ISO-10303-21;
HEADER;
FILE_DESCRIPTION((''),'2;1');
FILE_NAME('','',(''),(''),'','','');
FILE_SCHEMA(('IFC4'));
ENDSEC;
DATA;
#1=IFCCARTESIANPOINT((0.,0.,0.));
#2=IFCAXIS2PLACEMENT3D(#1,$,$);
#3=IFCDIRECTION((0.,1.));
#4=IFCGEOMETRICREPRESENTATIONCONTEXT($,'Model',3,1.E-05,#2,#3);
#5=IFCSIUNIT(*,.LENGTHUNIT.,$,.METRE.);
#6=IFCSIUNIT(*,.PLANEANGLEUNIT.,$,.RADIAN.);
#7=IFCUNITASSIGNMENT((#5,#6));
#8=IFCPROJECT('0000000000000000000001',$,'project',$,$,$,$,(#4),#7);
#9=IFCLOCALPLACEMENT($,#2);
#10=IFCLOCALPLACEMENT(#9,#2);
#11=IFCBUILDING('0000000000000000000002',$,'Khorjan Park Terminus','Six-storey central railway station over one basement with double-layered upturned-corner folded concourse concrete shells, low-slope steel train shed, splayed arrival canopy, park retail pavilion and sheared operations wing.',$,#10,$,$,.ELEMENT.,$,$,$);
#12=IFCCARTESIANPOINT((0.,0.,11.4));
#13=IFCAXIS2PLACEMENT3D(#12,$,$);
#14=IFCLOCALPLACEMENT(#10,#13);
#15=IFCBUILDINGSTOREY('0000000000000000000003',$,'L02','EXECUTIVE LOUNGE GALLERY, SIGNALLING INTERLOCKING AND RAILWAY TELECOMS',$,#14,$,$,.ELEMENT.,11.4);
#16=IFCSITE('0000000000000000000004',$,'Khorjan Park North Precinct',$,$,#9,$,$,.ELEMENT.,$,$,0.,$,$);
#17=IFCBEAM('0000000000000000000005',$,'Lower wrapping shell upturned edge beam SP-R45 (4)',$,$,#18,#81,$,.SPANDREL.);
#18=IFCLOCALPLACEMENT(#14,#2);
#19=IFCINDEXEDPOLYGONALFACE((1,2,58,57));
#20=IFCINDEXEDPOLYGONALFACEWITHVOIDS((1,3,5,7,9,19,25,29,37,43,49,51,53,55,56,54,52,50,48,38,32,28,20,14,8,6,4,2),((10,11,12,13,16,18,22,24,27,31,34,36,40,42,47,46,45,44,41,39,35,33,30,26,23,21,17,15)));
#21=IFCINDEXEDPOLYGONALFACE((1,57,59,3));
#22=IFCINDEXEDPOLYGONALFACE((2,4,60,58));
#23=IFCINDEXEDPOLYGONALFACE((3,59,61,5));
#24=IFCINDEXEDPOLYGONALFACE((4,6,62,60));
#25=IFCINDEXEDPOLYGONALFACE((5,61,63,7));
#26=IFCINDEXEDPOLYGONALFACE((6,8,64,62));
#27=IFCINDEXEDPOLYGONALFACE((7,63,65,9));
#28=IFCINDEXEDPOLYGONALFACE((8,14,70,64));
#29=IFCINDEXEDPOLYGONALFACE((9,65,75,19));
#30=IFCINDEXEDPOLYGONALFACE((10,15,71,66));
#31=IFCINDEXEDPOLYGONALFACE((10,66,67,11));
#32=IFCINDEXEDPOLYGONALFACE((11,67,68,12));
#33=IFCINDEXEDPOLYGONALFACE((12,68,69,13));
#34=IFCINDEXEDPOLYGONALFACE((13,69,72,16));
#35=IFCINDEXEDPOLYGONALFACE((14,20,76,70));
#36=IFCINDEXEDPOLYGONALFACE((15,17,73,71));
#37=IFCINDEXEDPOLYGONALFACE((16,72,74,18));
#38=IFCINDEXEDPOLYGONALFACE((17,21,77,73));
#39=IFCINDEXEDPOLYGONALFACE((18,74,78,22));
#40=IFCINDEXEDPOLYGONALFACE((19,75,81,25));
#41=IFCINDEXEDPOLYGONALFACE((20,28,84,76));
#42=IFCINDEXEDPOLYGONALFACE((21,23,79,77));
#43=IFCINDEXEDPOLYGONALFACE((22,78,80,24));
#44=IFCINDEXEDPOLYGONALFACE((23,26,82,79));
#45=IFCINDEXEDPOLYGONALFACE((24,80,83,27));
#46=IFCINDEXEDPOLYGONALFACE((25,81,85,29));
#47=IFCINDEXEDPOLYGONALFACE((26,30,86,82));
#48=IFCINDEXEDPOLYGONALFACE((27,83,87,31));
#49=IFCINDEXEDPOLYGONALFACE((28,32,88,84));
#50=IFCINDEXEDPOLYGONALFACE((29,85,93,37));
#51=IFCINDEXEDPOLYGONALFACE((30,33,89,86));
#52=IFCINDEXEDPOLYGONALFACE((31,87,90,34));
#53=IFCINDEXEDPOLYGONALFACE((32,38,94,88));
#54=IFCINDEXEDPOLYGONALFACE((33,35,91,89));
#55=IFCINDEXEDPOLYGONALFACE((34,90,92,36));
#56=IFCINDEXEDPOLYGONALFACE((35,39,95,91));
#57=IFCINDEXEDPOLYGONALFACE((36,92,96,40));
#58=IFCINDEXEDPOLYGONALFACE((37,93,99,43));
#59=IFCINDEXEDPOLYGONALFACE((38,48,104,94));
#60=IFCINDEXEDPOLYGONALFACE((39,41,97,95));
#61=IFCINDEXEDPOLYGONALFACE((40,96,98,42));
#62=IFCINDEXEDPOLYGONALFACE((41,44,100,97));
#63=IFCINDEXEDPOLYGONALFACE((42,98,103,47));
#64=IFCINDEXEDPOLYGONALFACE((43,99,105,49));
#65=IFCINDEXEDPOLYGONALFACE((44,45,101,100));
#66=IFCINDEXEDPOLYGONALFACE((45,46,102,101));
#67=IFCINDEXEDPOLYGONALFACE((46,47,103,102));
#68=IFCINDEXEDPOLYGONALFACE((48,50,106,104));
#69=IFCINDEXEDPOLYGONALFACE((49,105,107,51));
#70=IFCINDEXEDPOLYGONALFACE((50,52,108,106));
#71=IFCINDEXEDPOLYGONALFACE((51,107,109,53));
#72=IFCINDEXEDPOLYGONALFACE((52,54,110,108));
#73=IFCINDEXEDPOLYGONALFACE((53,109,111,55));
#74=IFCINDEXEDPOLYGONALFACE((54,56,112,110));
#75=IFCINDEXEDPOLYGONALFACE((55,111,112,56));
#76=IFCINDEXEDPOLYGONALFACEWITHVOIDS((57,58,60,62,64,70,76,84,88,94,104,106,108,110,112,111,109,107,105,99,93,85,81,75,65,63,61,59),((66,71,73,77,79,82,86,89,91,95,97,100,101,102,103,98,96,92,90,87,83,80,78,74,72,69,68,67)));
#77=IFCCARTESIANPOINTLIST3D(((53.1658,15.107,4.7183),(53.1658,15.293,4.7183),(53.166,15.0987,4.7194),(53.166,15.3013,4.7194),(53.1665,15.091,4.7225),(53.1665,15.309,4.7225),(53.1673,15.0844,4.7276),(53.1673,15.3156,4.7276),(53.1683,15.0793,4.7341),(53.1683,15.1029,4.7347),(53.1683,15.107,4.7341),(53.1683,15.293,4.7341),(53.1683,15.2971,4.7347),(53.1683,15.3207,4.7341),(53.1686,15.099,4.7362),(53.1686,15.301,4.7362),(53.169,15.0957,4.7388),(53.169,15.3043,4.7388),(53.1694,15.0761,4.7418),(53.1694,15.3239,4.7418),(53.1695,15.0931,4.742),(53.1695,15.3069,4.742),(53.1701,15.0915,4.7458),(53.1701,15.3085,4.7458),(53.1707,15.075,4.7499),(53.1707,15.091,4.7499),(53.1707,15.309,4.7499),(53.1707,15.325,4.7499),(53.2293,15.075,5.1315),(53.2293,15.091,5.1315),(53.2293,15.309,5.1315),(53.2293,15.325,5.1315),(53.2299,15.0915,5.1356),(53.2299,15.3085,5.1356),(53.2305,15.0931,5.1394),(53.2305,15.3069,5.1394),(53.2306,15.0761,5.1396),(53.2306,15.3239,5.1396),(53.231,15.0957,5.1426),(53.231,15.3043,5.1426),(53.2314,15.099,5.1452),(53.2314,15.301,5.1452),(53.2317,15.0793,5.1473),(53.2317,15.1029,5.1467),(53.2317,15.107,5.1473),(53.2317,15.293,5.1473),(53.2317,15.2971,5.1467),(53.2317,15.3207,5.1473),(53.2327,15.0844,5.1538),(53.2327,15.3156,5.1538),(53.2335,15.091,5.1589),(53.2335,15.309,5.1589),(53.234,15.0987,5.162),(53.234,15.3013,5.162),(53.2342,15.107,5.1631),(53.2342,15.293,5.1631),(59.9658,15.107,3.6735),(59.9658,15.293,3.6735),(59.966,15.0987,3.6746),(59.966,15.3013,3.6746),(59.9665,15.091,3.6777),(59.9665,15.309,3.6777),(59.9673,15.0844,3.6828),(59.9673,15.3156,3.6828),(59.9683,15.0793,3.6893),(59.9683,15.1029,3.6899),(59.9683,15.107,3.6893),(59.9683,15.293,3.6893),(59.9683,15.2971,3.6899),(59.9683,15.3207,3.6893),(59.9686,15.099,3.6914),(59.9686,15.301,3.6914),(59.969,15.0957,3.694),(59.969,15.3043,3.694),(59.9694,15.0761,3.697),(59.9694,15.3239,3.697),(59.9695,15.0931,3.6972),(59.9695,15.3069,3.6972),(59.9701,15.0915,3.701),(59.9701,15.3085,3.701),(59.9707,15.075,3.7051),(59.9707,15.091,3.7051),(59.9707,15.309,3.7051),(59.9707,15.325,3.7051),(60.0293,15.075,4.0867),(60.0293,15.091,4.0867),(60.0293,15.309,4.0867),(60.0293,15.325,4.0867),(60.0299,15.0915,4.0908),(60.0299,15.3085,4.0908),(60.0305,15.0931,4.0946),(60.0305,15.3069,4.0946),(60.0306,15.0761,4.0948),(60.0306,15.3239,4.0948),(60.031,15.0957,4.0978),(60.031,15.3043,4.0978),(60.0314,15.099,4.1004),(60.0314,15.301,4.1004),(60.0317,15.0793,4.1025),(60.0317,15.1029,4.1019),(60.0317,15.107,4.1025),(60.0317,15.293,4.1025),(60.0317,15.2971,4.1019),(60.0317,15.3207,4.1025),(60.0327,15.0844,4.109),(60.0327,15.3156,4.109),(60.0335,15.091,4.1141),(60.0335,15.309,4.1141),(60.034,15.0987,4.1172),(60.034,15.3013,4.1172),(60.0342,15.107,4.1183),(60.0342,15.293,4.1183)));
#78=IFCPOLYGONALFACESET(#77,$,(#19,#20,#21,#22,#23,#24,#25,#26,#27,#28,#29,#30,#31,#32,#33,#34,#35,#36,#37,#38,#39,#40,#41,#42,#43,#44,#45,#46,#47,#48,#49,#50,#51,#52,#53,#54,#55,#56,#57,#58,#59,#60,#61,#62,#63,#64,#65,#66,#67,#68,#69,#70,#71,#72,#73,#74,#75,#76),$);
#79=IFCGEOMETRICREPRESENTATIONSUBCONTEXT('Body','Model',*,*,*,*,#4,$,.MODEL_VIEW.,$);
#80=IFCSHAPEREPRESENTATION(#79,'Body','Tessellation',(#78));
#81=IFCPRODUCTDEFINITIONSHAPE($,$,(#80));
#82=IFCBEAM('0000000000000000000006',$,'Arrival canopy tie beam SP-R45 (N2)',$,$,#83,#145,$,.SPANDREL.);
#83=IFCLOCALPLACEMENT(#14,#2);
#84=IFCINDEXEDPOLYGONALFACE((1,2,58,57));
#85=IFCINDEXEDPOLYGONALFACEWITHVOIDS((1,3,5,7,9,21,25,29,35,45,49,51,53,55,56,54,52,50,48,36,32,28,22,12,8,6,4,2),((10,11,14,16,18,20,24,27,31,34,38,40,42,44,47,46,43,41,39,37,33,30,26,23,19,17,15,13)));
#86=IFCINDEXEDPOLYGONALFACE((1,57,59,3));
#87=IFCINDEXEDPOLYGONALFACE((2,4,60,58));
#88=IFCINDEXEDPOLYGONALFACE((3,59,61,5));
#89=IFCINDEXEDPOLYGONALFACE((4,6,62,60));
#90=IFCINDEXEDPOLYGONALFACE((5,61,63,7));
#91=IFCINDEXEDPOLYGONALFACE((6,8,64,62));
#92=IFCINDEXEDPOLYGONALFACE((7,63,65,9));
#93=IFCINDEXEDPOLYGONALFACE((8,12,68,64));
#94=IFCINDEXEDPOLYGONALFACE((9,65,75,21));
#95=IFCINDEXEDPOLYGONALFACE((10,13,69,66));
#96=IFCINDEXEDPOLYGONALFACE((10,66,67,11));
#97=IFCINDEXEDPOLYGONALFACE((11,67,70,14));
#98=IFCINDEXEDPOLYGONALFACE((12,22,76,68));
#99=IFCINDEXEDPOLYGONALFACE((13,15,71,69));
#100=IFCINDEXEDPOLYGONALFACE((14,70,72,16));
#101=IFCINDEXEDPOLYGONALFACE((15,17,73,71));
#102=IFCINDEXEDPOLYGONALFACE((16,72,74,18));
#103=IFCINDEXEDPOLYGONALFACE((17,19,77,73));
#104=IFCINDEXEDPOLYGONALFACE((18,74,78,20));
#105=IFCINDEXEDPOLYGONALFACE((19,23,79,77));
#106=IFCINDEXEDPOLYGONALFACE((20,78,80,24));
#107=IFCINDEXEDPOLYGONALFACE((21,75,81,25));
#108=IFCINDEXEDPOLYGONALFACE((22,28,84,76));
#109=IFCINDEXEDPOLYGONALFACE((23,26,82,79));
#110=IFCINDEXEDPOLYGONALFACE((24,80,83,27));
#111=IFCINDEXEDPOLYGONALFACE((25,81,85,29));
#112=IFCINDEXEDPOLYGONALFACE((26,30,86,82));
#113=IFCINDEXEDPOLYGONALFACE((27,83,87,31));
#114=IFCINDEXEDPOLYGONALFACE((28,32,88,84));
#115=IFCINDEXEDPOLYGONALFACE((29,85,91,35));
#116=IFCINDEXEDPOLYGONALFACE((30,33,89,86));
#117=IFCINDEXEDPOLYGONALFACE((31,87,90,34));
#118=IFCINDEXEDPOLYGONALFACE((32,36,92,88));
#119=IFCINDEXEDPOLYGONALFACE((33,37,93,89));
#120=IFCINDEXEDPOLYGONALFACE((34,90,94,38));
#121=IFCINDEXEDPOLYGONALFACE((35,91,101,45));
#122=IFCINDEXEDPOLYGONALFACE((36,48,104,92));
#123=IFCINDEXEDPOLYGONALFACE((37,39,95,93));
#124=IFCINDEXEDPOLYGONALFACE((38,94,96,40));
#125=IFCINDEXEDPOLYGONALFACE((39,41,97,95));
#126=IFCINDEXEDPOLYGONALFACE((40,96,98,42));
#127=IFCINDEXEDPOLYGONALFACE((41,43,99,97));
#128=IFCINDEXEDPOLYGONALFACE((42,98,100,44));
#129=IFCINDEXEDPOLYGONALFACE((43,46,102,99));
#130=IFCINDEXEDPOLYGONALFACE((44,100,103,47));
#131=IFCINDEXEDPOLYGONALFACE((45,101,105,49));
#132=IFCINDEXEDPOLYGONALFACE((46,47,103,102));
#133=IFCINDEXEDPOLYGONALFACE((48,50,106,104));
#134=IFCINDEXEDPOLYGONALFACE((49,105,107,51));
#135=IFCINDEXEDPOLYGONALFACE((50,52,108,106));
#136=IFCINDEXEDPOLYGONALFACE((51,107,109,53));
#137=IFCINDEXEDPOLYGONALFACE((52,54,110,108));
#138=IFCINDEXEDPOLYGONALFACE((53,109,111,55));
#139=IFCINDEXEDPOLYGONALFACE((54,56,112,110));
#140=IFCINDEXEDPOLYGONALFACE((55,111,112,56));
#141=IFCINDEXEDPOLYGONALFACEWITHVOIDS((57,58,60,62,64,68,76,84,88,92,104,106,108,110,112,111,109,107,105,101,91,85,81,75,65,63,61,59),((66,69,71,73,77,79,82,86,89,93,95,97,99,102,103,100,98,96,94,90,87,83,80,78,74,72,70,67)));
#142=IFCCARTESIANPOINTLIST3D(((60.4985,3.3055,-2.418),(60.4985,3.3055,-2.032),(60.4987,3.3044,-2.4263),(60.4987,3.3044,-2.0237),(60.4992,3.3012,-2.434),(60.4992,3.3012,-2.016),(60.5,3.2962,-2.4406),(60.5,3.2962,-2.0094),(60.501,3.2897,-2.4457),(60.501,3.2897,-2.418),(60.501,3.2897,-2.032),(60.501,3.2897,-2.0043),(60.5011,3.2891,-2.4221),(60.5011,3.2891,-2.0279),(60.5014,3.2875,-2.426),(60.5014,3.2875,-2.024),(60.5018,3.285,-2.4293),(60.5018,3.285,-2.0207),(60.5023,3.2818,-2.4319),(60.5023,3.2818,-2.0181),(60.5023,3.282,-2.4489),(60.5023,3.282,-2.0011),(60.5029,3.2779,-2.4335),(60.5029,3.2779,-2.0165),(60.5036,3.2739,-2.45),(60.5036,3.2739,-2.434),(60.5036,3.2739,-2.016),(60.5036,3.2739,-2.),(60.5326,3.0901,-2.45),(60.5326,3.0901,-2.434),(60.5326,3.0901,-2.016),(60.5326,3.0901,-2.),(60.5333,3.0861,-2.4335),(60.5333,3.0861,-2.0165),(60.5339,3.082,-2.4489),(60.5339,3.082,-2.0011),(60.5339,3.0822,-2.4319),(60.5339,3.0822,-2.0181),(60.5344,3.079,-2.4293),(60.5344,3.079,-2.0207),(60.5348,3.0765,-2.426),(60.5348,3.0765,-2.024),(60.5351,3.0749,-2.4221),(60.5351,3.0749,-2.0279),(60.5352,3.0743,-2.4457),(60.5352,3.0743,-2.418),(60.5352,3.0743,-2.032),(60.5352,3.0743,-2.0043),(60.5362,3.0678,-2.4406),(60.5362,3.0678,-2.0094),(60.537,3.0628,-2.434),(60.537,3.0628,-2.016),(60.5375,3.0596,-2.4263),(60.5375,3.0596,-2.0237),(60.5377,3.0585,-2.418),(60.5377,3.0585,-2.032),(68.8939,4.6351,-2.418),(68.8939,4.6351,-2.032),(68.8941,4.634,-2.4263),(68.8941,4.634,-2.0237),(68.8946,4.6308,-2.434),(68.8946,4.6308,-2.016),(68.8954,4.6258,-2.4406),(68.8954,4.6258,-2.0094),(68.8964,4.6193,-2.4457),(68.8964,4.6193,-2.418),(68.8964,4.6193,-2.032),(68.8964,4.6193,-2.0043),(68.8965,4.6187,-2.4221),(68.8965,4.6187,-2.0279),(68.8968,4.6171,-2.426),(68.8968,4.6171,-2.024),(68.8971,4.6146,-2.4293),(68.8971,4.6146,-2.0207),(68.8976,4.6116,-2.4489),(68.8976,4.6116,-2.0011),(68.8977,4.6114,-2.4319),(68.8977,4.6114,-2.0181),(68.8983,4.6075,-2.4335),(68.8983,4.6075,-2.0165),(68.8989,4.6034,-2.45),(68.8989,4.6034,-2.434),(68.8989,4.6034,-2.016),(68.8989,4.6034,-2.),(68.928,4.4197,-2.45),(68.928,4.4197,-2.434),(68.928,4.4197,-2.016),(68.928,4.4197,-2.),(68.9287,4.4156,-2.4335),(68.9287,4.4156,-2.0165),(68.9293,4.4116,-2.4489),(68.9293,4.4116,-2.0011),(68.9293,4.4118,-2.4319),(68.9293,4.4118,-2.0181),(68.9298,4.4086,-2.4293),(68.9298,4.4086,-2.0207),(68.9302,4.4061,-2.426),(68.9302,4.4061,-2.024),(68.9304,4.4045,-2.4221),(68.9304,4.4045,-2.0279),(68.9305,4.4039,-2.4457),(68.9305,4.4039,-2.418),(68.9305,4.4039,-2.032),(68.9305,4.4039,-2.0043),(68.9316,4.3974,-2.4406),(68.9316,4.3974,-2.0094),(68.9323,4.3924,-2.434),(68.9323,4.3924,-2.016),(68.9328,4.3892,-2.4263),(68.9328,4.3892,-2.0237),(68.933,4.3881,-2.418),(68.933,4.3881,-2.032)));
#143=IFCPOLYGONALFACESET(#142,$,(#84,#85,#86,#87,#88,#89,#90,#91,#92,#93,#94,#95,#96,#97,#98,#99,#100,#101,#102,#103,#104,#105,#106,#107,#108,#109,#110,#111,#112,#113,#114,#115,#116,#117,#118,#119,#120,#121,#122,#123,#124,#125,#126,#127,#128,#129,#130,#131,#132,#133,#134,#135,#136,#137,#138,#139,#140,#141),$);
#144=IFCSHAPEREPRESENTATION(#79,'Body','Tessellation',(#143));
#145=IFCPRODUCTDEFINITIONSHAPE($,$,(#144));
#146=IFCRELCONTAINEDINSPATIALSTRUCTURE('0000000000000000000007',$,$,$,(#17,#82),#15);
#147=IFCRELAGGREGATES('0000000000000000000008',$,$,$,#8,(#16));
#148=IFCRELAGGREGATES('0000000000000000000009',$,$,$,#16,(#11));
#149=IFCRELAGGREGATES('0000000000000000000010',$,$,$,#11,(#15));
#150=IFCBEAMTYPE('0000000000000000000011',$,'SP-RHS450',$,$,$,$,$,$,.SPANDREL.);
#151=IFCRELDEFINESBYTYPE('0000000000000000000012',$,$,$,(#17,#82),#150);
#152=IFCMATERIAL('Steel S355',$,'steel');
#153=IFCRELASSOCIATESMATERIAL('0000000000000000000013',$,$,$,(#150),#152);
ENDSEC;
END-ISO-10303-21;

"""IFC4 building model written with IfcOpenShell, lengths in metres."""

from ifc_helpers import new_model, si_unit, direction, frame, origin, origin_2d, place, context, subcontext, project, spatial, hollow_rectangle, extrude, material, material_profile, profile_set, type_object, element, save


model = new_model("IFC4")

# Units and contexts
model_context = context("Model", 3, precision=1e-05, world=origin(), true_north=direction((0.0, 1.0)))
body_context = subcontext(model_context, "Body", "Model", "MODEL_VIEW")
ifc_project = project(units=[si_unit("LENGTHUNIT", "METRE"), si_unit("PLANEANGLEUNIT", "RADIAN")], contexts=[model_context])

# Site, building, storey
site_placement = place(None, origin())
site = spatial("IfcSite", under=ifc_project, at=site_placement, Name="Khorjan Park North Precinct", CompositionType="ELEMENT", RefElevation=0.0)
building_placement = place(site_placement, origin())
building = spatial("IfcBuilding", under=site, at=building_placement, Name="Khorjan Park Terminus", Description="Six-storey central railway station over one basement with double-layered upturned-corner folded concourse concrete shells, low-slope steel train shed, splayed arrival canopy, park retail pavilion and sheared operations wing.", CompositionType="ELEMENT")
storey_placement = place(building_placement, frame((0.0, 0.0, 11.4)))
storey = spatial("IfcBuildingStorey", under=building, at=storey_placement, Name="L02", Description="EXECUTIVE LOUNGE GALLERY, SIGNALLING INTERLOCKING AND RAILWAY TELECOMS", CompositionType="ELEMENT", Elevation=11.4)

# Shared definitions
ifc_material_1 = material(Name="Steel S355", Category="steel")

# Beams
ifc_material_profile_1 = material_profile(ifc_material_1, hollow_rectangle(XDim=0.25, YDim=0.45, WallThickness=0.016, InnerFilletRadius=0.016, OuterFilletRadius=0.032, at=origin_2d()), Name="RHS 450x250x16")
ifc_profile_set_1 = profile_set([ifc_material_profile_1], Name="Steel S355")
beam_type_1 = type_object("IfcBeamType", Name="SP-RHS450", PredefinedType="SPANDREL", material=ifc_profile_set_1)
beam_1_placement = place(storey_placement, frame((53.2, 15.2, 4.9407), z_axis=(0.988401, 0.0, -0.151865), x_axis=(0.0, 1.0, 0.0)))
element("IfcBeam", 1, at=beam_1_placement, inside=storey, type_object=beam_type_1, Name="Lower wrapping shell upturned edge beam SP-R45 (4)", PredefinedType="SPANDREL", context=body_context, shape_type="SweptSolid", body=[
    extrude(hollow_rectangle(XDim=0.25, YDim=0.45, WallThickness=0.016, InnerFilletRadius=0.016, OuterFilletRadius=0.032, at=origin_2d()), origin(), (0.0, 0.0, 1.0), 6.8798),
])
beam_2_placement = place(storey_placement, frame((60.5181, 3.182, -2.225), z_axis=(0.98769, 0.156423, 0.0), x_axis=(-0.156423, 0.98769, 0.0)))
element("IfcBeam", 2, at=beam_2_placement, inside=storey, type_object=beam_type_1, Name="Arrival canopy tie beam SP-R45 (N2)", PredefinedType="SPANDREL", context=body_context, shape_type="SweptSolid", body=[
    extrude(hollow_rectangle(XDim=0.25, YDim=0.45, WallThickness=0.016, InnerFilletRadius=0.016, OuterFilletRadius=0.032, at=origin_2d()), origin(), (0.0, 0.0, 1.0), 8.5),
])

save(model, "model.ifc")
